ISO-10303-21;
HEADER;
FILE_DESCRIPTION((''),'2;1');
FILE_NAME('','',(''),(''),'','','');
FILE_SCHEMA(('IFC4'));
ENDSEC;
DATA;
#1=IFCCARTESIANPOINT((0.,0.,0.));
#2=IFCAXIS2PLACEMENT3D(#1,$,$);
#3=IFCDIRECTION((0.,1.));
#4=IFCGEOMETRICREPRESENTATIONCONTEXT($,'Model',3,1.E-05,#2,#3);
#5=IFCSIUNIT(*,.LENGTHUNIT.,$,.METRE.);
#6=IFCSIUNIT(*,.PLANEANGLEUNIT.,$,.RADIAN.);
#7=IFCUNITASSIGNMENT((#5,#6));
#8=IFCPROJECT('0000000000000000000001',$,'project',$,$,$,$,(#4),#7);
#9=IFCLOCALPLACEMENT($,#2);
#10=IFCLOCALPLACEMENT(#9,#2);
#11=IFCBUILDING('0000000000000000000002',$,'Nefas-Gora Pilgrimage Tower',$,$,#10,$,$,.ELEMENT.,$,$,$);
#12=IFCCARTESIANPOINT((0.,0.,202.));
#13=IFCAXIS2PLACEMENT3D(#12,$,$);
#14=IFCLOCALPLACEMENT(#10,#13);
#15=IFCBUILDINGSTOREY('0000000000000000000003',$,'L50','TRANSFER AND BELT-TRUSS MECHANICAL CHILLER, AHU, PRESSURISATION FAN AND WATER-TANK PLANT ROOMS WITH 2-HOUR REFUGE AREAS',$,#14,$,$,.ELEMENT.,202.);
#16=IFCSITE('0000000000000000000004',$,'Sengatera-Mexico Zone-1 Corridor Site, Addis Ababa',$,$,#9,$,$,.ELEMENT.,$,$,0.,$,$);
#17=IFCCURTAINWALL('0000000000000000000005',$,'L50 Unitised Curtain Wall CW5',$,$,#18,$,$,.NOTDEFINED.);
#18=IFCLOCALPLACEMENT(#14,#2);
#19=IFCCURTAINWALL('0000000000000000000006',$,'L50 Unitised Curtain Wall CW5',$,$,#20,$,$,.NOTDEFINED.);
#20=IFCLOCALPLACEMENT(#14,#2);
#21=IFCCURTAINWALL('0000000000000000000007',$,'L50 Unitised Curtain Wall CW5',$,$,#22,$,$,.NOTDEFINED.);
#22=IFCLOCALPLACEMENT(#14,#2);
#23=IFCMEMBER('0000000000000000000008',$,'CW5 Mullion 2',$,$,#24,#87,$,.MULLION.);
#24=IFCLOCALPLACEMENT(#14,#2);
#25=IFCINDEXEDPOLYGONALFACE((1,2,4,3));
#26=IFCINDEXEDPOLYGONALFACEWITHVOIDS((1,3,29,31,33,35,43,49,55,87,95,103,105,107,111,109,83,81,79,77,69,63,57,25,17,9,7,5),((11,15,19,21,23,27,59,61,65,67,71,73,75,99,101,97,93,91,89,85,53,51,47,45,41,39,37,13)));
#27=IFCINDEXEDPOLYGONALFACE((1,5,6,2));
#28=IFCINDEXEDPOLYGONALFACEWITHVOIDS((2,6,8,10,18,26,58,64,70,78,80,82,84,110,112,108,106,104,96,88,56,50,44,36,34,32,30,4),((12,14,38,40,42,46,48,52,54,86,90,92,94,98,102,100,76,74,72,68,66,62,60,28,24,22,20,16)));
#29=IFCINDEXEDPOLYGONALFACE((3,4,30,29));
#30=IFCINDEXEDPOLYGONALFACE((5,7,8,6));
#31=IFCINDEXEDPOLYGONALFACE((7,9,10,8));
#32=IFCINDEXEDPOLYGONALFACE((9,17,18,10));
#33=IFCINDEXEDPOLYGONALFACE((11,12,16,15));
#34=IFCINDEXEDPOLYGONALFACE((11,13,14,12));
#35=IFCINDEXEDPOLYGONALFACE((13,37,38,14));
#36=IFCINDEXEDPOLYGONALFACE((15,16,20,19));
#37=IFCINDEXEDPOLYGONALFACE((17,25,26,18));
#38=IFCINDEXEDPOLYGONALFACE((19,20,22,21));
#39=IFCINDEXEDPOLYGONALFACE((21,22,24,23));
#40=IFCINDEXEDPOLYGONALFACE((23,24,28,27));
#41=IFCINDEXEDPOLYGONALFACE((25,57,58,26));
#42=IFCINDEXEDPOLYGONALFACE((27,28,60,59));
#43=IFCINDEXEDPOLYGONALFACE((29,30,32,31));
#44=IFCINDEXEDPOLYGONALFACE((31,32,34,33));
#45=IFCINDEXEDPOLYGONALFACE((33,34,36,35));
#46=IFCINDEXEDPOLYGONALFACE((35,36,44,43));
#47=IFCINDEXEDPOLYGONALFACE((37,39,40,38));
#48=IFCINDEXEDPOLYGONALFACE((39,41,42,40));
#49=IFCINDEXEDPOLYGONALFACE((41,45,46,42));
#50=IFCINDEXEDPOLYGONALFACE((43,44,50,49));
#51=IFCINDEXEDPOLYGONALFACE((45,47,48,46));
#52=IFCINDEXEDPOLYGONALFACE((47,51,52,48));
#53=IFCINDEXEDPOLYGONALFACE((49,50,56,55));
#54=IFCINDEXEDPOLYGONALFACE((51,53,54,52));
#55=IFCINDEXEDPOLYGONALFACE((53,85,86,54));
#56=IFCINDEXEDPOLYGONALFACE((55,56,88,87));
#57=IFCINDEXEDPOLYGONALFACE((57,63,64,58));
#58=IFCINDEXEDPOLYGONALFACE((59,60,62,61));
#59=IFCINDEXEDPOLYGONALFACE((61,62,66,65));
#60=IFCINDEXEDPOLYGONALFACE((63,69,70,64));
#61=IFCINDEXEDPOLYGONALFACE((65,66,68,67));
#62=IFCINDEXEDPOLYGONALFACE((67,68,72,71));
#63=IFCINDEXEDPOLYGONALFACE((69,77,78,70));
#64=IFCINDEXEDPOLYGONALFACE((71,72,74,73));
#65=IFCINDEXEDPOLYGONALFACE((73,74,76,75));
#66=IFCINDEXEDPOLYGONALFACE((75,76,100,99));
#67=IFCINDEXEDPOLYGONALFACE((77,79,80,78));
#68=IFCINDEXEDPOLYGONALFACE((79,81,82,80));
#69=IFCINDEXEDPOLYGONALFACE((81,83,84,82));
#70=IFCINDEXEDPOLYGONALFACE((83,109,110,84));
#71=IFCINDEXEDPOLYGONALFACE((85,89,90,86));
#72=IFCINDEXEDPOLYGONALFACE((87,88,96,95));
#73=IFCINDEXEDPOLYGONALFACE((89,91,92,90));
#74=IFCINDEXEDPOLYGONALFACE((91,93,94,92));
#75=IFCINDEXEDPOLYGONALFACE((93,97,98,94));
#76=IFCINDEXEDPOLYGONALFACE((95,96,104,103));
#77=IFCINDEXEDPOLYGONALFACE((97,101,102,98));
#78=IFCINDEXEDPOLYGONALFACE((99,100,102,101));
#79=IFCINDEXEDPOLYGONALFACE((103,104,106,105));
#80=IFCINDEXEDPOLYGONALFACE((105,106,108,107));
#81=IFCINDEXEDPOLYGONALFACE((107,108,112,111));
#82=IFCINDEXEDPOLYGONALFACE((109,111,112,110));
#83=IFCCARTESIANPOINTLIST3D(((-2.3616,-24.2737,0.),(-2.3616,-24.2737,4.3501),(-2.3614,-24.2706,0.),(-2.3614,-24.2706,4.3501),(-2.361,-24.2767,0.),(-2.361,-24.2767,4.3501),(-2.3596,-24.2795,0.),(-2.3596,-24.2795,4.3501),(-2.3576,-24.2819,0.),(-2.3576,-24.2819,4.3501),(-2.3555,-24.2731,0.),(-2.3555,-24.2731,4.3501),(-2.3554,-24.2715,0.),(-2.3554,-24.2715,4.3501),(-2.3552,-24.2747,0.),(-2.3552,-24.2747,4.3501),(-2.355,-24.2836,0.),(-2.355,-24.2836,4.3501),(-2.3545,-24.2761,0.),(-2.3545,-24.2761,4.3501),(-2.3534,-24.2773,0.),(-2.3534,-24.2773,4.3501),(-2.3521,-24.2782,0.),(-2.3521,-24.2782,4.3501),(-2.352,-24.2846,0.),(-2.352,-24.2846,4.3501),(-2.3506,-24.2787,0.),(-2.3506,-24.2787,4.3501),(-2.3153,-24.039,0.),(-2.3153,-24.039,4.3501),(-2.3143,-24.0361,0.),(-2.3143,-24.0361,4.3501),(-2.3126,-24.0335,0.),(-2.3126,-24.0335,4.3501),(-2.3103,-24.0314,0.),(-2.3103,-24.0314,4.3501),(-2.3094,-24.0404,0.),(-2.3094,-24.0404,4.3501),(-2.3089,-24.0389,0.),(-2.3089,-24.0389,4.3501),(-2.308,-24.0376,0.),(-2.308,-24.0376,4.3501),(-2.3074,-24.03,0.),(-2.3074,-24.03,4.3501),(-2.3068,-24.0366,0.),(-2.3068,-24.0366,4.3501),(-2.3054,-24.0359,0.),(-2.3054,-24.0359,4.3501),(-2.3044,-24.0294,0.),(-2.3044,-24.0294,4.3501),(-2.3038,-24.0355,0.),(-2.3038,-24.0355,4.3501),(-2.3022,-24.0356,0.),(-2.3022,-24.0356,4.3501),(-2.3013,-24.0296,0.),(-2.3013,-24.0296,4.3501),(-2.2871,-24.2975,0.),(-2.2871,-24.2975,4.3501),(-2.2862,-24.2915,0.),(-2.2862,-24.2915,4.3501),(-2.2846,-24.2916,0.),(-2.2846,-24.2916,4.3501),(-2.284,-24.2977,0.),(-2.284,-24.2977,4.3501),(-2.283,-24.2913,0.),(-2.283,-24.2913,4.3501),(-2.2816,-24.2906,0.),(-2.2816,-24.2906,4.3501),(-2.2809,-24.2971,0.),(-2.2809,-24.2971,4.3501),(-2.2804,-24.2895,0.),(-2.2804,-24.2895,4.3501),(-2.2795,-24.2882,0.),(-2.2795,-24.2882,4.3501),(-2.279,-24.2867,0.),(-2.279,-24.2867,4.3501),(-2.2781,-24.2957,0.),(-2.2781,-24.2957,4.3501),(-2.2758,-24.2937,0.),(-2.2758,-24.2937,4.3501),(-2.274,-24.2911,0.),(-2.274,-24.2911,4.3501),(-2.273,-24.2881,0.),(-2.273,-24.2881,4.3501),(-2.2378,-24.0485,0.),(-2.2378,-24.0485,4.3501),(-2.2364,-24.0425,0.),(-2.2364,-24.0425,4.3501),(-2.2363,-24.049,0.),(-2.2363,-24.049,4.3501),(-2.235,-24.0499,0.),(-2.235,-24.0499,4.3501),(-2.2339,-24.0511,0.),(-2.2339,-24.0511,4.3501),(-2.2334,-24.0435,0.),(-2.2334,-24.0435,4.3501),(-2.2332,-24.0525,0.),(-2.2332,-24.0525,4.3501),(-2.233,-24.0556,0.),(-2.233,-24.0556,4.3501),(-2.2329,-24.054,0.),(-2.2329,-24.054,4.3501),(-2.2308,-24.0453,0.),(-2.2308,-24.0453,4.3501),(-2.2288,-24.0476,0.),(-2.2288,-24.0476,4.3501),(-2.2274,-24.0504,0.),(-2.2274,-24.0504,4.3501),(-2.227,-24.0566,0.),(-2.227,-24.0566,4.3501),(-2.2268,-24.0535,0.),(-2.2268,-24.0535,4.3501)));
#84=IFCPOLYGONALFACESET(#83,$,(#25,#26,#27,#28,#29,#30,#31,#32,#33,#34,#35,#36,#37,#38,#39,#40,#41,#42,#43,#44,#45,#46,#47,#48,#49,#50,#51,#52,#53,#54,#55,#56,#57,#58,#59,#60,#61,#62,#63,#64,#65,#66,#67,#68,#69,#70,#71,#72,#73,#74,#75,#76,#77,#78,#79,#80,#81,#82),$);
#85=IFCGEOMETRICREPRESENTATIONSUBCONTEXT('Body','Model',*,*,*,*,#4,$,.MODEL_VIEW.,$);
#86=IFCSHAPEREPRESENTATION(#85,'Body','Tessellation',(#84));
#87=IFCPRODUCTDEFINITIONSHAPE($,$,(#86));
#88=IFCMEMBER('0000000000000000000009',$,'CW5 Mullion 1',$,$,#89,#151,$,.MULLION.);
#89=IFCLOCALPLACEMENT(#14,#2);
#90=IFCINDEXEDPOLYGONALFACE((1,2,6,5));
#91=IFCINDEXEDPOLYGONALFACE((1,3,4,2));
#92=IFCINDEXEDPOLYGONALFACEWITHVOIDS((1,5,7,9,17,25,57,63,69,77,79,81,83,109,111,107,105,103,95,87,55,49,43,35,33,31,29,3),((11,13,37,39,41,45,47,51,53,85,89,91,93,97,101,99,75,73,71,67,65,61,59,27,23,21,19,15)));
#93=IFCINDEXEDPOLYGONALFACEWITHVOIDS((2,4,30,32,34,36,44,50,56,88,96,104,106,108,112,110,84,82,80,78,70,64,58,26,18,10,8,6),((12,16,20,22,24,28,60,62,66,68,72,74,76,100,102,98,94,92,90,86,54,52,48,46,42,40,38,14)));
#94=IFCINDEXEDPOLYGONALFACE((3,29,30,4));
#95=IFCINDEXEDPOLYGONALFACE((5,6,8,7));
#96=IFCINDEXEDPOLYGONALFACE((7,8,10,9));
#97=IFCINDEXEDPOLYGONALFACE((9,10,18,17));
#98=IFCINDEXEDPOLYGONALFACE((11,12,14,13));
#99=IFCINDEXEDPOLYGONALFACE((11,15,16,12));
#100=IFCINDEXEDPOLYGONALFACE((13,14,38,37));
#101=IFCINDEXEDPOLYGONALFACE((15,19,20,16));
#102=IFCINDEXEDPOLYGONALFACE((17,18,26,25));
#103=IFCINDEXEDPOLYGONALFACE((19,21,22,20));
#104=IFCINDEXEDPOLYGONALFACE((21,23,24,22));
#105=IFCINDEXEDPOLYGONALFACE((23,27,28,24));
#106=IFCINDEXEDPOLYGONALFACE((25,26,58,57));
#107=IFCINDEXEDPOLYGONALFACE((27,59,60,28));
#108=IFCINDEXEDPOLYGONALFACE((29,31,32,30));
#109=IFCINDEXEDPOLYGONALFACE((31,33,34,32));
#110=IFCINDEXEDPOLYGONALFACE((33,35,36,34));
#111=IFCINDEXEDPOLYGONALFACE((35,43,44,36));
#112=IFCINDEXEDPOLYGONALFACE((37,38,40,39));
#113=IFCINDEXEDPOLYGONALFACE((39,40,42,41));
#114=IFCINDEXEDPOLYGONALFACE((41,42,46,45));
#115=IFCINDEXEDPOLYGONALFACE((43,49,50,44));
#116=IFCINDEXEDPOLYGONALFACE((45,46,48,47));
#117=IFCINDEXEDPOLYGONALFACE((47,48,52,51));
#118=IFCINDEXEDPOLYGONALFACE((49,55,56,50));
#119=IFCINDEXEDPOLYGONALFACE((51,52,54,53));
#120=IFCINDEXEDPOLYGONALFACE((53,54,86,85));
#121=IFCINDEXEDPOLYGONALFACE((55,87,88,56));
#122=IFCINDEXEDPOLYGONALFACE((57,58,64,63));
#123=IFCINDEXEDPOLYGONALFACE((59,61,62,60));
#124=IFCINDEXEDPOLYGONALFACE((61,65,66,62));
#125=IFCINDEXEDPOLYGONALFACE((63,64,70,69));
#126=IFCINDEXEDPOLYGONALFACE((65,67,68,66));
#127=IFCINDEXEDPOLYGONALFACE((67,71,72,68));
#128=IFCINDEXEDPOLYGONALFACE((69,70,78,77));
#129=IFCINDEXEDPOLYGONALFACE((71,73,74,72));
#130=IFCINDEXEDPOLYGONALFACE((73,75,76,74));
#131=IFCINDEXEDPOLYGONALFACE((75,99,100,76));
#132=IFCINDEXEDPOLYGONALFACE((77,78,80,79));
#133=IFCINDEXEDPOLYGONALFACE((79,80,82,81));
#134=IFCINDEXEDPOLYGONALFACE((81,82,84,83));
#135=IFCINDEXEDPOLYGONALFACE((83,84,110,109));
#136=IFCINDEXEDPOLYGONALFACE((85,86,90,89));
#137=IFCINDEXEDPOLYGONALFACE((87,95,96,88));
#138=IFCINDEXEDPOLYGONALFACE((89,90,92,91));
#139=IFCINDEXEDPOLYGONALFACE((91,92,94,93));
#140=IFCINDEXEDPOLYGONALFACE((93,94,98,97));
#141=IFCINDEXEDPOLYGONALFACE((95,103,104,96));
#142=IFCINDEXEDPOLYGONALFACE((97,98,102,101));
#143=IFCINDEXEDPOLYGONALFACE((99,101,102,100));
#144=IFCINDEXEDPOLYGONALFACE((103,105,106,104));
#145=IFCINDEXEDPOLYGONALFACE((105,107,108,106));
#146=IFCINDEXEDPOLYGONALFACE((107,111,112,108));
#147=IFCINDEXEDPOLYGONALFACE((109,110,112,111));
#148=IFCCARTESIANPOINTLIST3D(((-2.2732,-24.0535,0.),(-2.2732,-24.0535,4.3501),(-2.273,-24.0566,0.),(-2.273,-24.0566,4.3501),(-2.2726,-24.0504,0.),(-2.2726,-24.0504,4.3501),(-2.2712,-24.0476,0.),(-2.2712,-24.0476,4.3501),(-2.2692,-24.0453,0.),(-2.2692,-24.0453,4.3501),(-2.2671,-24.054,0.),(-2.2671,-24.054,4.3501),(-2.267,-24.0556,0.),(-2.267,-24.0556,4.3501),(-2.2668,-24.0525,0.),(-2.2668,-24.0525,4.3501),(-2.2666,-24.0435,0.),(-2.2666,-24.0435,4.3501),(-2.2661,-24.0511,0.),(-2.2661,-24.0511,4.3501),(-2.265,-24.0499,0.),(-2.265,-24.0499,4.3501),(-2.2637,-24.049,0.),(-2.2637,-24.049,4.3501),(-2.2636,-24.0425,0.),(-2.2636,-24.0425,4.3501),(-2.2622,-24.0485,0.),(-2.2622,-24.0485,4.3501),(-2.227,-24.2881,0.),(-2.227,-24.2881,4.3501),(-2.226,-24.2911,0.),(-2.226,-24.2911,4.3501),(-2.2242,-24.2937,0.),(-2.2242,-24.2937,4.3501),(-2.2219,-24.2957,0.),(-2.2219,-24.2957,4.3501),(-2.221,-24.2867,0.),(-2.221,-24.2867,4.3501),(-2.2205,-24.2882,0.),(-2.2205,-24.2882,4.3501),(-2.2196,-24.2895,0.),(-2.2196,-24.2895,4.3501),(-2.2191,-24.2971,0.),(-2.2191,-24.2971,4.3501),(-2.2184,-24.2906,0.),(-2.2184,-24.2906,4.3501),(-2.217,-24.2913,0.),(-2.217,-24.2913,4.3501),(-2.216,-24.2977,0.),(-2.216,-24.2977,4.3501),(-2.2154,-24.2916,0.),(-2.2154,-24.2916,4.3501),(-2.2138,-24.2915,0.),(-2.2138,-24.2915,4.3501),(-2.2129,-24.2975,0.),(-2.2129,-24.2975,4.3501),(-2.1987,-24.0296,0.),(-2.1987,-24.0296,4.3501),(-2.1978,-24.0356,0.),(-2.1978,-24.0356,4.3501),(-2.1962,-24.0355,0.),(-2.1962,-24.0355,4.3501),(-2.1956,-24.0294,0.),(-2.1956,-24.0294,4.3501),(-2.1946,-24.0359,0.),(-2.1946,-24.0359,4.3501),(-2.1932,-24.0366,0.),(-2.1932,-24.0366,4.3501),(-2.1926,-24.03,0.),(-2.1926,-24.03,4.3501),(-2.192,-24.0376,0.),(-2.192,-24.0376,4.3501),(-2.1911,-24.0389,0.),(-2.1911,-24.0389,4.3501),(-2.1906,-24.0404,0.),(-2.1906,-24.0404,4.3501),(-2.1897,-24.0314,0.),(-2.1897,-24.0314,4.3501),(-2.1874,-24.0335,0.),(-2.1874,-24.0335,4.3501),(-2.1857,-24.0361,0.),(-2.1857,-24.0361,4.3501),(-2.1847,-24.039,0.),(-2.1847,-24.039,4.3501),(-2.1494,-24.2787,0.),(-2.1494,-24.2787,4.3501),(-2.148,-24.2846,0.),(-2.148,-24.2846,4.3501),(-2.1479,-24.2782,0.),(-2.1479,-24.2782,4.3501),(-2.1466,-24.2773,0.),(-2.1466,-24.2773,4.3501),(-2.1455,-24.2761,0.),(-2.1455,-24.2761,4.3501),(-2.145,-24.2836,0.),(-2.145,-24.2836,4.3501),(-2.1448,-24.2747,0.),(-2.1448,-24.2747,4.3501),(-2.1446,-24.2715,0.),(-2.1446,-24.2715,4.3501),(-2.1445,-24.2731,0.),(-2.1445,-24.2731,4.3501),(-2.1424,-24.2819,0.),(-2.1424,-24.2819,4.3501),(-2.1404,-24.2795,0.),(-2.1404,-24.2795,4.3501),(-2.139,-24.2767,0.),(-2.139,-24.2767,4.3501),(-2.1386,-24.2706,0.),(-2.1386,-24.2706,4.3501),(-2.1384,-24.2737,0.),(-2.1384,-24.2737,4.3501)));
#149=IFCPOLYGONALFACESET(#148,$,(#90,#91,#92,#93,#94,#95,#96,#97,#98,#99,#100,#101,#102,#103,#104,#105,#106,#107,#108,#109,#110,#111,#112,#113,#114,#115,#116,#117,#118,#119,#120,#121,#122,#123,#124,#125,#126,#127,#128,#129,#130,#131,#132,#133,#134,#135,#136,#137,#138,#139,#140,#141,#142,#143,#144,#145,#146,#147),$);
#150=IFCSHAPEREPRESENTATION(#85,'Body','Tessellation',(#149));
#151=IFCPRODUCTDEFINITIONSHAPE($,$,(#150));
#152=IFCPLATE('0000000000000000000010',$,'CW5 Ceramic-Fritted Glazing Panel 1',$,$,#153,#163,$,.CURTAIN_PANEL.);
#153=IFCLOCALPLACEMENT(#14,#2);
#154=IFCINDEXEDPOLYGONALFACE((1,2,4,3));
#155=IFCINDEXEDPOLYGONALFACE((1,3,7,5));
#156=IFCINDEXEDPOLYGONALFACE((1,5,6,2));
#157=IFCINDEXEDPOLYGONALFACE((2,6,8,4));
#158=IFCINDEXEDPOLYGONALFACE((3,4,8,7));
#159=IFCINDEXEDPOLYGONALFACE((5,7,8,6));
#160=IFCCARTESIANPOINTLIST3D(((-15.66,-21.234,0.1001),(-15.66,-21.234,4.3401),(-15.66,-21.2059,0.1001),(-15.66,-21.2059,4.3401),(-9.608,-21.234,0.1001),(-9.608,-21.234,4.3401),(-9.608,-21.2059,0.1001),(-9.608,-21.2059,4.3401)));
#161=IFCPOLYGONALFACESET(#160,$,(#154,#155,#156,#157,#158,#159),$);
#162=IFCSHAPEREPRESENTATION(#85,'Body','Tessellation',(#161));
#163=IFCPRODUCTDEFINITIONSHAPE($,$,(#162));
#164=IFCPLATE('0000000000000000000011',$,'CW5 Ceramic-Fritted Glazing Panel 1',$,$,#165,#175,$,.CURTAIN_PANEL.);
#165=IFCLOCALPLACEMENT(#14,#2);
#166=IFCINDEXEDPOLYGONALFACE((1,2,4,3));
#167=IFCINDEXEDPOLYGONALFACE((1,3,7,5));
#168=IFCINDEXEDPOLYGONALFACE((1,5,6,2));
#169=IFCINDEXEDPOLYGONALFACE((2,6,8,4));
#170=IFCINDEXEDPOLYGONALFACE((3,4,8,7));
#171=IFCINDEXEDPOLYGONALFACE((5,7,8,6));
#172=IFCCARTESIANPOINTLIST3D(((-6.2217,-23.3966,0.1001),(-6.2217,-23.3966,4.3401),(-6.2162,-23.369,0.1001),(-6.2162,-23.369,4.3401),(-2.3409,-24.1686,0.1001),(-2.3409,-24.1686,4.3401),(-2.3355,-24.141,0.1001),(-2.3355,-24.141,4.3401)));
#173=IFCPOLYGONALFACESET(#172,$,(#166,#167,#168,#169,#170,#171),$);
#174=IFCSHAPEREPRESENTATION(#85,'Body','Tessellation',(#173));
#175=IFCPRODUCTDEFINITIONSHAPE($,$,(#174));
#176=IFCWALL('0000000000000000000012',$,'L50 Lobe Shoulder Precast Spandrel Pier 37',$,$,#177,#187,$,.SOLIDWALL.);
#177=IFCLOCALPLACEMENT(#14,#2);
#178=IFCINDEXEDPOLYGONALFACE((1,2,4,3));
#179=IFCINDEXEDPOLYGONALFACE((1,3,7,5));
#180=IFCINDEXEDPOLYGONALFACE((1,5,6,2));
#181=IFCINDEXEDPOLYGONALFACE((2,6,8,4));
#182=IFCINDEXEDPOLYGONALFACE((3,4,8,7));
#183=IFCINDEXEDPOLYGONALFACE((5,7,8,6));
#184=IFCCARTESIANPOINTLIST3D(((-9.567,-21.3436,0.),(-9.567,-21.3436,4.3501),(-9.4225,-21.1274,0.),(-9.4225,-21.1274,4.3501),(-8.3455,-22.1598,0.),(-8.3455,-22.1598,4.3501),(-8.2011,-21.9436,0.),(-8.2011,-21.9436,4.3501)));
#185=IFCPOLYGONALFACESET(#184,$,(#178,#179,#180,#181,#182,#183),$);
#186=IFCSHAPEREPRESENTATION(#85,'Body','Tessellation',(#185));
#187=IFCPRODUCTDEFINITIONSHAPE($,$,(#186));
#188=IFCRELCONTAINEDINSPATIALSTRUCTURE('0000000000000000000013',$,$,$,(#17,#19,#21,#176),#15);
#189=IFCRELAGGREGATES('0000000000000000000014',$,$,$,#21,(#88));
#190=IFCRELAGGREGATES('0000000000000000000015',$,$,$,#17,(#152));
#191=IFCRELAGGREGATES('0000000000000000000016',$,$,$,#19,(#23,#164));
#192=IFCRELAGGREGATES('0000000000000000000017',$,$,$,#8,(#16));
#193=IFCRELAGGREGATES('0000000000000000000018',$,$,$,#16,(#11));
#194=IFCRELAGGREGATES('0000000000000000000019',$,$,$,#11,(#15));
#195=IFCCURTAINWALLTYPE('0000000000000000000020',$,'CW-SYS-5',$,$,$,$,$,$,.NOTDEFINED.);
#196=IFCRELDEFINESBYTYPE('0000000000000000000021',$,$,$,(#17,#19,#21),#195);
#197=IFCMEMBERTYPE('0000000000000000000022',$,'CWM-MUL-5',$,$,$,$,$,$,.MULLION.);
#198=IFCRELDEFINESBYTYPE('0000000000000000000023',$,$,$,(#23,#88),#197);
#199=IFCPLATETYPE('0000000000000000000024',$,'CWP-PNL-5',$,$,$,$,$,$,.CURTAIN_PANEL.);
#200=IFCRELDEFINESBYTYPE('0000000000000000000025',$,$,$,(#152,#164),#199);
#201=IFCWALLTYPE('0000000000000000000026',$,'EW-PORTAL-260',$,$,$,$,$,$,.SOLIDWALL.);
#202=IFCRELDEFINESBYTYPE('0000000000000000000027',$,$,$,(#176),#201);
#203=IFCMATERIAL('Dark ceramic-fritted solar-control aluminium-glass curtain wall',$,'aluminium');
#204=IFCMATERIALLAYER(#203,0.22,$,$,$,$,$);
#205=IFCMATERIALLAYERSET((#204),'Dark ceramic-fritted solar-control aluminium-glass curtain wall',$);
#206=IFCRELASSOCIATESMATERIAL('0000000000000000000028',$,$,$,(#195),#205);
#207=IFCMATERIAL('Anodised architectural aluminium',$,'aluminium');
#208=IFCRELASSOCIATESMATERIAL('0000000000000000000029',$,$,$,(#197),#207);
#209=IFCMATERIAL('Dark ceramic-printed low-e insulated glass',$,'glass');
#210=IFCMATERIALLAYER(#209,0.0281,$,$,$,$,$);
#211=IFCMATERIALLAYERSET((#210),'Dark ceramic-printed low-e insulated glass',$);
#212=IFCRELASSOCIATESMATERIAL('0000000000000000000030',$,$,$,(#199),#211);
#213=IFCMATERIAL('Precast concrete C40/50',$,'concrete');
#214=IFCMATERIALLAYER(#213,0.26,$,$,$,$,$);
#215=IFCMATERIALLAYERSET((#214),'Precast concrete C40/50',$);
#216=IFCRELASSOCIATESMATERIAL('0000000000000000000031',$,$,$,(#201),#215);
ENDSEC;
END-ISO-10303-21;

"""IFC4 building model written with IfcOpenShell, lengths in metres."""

from ifc_helpers import new_model, si_unit, direction, frame, frame_2d, origin, origin_2d, place, context, subcontext, project, spatial, rectangle, hollow_rectangle, extrude, source, transform, mapped, material, layer, layer_set, material_profile, profile_set, type_object, element, aggregate, save


model = new_model("IFC4")

# Units and contexts
model_context = context("Model", 3, precision=1e-05, world=origin(), true_north=direction((0.0, 1.0)))
body_context = subcontext(model_context, "Body", "Model", "MODEL_VIEW")
ifc_project = project(units=[si_unit("LENGTHUNIT", "METRE"), si_unit("PLANEANGLEUNIT", "RADIAN")], contexts=[model_context])

# Site, building, storey
site_placement = place(None, origin())
site = spatial("IfcSite", under=ifc_project, at=site_placement, Name="Sengatera-Mexico Zone-1 Corridor Site, Addis Ababa", CompositionType="ELEMENT", RefElevation=0.0)
building_placement = place(site_placement, origin())
building = spatial("IfcBuilding", under=site, at=building_placement, Name="Nefas-Gora Pilgrimage Tower", CompositionType="ELEMENT")
storey_placement = place(building_placement, frame((0.0, 0.0, 202.0)))
storey = spatial("IfcBuildingStorey", under=building, at=storey_placement, Name="L50", Description="TRANSFER AND BELT-TRUSS MECHANICAL CHILLER, AHU, PRESSURISATION FAN AND WATER-TANK PLANT ROOMS WITH 2-HOUR REFUGE AREAS", CompositionType="ELEMENT", Elevation=202.0)

# Curtain walls
ifc_material_1 = material(Name="Dark ceramic-fritted solar-control aluminium-glass curtain wall", Category="aluminium")
ifc_layer_1 = layer(ifc_material_1, 0.22)
ifc_layer_set_1 = layer_set([ifc_layer_1], Name="Dark ceramic-fritted solar-control aluminium-glass curtain wall")
curtain_wall_type = type_object("IfcCurtainWallType", Name="CW-SYS-5", PredefinedType="NOTDEFINED", material=ifc_layer_set_1)
curtain_wall_1_placement = place(storey_placement, origin())
curtain_wall_1 = element("IfcCurtainWall", 1, at=curtain_wall_1_placement, inside=storey, type_object=curtain_wall_type, Name="L50 Unitised Curtain Wall CW5", PredefinedType="NOTDEFINED")
ifc_material_2 = material(Name="Anodised architectural aluminium", Category="aluminium")
curtain_wall_2_placement = place(storey_placement, origin())
curtain_wall_2 = element("IfcCurtainWall", 2, at=curtain_wall_2_placement, inside=storey, type_object=curtain_wall_type, Name="L50 Unitised Curtain Wall CW5", PredefinedType="NOTDEFINED")
curtain_wall_3_placement = place(storey_placement, origin())
curtain_wall_3 = element("IfcCurtainWall", 3, at=curtain_wall_3_placement, inside=storey, type_object=curtain_wall_type, Name="L50 Unitised Curtain Wall CW5", PredefinedType="NOTDEFINED")

# Members
ifc_material_profile_1 = material_profile(ifc_material_2, hollow_rectangle(XDim=0.0901, YDim=0.26, WallThickness=0.0061, InnerFilletRadius=0.0061, OuterFilletRadius=0.012, at=origin_2d()), Name="ALU MULLION 90x260")
ifc_profile_set_1 = profile_set([ifc_material_profile_1], Name="Anodised architectural aluminium")
member_type_1 = type_object("IfcMemberType", Name="CWM-MUL-5", PredefinedType="MULLION", material=ifc_profile_set_1)
shared_shape_1 = source(origin(), body_context, "Body", "SweptSolid", [
    extrude(hollow_rectangle(XDim=0.0901, YDim=0.26, WallThickness=0.0061, InnerFilletRadius=0.0061, OuterFilletRadius=0.012, at=origin_2d()), origin(), (0.0, 0.0, 1.0), 4.3501),
])
member_1_placement = place(storey_placement, frame((-2.2942, -24.1636, 0.0), z_axis=(0.0, 0.0, 1.0), x_axis=(0.980783, -0.195102, 0.0)))
member_1 = element("IfcMember", 4, at=member_1_placement, type_object=member_type_1, Name="CW5 Mullion 2", PredefinedType="MULLION", context=body_context, shape_type="MappedRepresentation", body=[
    mapped(shared_shape_1, transform((0.0, 0.0, 0.0), x_axis=(1.0, 0.0, 0.0), y_axis=(0.0, 1.0, 0.0), z_axis=(0.0, 0.0, 1.0), scale=1.0)),
])
member_2_placement = place(storey_placement, frame((-2.2058, -24.1636, 0.0), z_axis=(0.0, 0.0, 1.0), x_axis=(0.980783, 0.195102, 0.0)))
member_2 = element("IfcMember", 5, at=member_2_placement, type_object=member_type_1, Name="CW5 Mullion 1", PredefinedType="MULLION", context=body_context, shape_type="MappedRepresentation", body=[
    mapped(shared_shape_1, transform((0.0, 0.0, 0.0), x_axis=(1.0, 0.0, 0.0), y_axis=(0.0, 1.0, 0.0), z_axis=(0.0, 0.0, 1.0), scale=1.0)),
])
aggregate(curtain_wall_3, [member_2])

# Plates
ifc_material_3 = material(Name="Dark ceramic-printed low-e insulated glass", Category="glass")
ifc_layer_2 = layer(ifc_material_3, 0.0281)
ifc_layer_set_2 = layer_set([ifc_layer_2], Name="Dark ceramic-printed low-e insulated glass")
plate_type = type_object("IfcPlateType", Name="CWP-PNL-5", PredefinedType="CURTAIN_PANEL", material=ifc_layer_set_2)
shared_shape_2 = source(origin(), body_context, "Body", "SweptSolid", [
    extrude(rectangle(XDim=6.052, YDim=0.0281, at=origin_2d()), origin(), (0.0, 0.0, 1.0), 4.24),
])
plate_1_placement = place(storey_placement, frame((-12.634, -21.22, 0.1001), z_axis=(0.0, 0.0, 1.0), x_axis=(1.0, 0.0, 0.0)))
plate_1 = element("IfcPlate", 6, at=plate_1_placement, type_object=plate_type, Name="CW5 Ceramic-Fritted Glazing Panel 1", PredefinedType="CURTAIN_PANEL", context=body_context, shape_type="MappedRepresentation", body=[
    mapped(shared_shape_2, transform((0.0, 0.0, 0.0), x_axis=(1.0, 0.0, 0.0), y_axis=(0.0, 1.0, 0.0), z_axis=(0.0, 0.0, 1.0), scale=1.0)),
])
aggregate(curtain_wall_1, [plate_1])
shared_shape_3 = source(origin(), body_context, "Body", "SweptSolid", [
    extrude(rectangle(XDim=3.9568, YDim=0.0281, at=origin_2d()), origin(), (0.0, 0.0, 1.0), 4.24),
])
plate_2_placement = place(storey_placement, frame((-4.2786, -23.7688, 0.1001), z_axis=(0.0, 0.0, 1.0), x_axis=(0.980783, -0.195102, 0.0)))
plate_2 = element("IfcPlate", 7, at=plate_2_placement, type_object=plate_type, Name="CW5 Ceramic-Fritted Glazing Panel 1", PredefinedType="CURTAIN_PANEL", context=body_context, shape_type="MappedRepresentation", body=[
    mapped(shared_shape_3, transform((0.0, 0.0, 0.0), x_axis=(1.0, 0.0, 0.0), y_axis=(0.0, 1.0, 0.0), z_axis=(0.0, 0.0, 1.0), scale=1.0)),
])
aggregate(curtain_wall_2, [member_1, plate_2])

# Wall
ifc_material_4 = material(Name="Precast concrete C40/50", Category="concrete")
ifc_layer_3 = layer(ifc_material_4, 0.26)
ifc_layer_set_3 = layer_set([ifc_layer_3], Name="Precast concrete C40/50")
wall_type_1 = type_object("IfcWallType", Name="EW-PORTAL-260", PredefinedType="SOLIDWALL", material=ifc_layer_set_3)
shared_shape_4 = source(origin(), body_context, "Body", "SweptSolid", [
    extrude(rectangle(XDim=1.469, YDim=0.26, at=frame_2d((0.7344, 0.0))), origin(), (0.0, 0.0, 1.0), 4.3501),
])
wall_1_placement = place(storey_placement, frame((-9.4946, -21.2356, 0.0), z_axis=(0.0, 0.0, 1.0), x_axis=(0.831462, -0.555582, 0.0)))
element("IfcWall", 8, at=wall_1_placement, inside=storey, type_object=wall_type_1, Name="L50 Lobe Shoulder Precast Spandrel Pier 37", PredefinedType="SOLIDWALL", context=body_context, shape_type="MappedRepresentation", body=[
    mapped(shared_shape_4, transform((0.0, 0.0, 0.0), x_axis=(1.0, 0.0, 0.0), y_axis=(0.0, 1.0, 0.0), z_axis=(0.0, 0.0, 1.0), scale=1.0)),
])

save(model, "model.ifc")
